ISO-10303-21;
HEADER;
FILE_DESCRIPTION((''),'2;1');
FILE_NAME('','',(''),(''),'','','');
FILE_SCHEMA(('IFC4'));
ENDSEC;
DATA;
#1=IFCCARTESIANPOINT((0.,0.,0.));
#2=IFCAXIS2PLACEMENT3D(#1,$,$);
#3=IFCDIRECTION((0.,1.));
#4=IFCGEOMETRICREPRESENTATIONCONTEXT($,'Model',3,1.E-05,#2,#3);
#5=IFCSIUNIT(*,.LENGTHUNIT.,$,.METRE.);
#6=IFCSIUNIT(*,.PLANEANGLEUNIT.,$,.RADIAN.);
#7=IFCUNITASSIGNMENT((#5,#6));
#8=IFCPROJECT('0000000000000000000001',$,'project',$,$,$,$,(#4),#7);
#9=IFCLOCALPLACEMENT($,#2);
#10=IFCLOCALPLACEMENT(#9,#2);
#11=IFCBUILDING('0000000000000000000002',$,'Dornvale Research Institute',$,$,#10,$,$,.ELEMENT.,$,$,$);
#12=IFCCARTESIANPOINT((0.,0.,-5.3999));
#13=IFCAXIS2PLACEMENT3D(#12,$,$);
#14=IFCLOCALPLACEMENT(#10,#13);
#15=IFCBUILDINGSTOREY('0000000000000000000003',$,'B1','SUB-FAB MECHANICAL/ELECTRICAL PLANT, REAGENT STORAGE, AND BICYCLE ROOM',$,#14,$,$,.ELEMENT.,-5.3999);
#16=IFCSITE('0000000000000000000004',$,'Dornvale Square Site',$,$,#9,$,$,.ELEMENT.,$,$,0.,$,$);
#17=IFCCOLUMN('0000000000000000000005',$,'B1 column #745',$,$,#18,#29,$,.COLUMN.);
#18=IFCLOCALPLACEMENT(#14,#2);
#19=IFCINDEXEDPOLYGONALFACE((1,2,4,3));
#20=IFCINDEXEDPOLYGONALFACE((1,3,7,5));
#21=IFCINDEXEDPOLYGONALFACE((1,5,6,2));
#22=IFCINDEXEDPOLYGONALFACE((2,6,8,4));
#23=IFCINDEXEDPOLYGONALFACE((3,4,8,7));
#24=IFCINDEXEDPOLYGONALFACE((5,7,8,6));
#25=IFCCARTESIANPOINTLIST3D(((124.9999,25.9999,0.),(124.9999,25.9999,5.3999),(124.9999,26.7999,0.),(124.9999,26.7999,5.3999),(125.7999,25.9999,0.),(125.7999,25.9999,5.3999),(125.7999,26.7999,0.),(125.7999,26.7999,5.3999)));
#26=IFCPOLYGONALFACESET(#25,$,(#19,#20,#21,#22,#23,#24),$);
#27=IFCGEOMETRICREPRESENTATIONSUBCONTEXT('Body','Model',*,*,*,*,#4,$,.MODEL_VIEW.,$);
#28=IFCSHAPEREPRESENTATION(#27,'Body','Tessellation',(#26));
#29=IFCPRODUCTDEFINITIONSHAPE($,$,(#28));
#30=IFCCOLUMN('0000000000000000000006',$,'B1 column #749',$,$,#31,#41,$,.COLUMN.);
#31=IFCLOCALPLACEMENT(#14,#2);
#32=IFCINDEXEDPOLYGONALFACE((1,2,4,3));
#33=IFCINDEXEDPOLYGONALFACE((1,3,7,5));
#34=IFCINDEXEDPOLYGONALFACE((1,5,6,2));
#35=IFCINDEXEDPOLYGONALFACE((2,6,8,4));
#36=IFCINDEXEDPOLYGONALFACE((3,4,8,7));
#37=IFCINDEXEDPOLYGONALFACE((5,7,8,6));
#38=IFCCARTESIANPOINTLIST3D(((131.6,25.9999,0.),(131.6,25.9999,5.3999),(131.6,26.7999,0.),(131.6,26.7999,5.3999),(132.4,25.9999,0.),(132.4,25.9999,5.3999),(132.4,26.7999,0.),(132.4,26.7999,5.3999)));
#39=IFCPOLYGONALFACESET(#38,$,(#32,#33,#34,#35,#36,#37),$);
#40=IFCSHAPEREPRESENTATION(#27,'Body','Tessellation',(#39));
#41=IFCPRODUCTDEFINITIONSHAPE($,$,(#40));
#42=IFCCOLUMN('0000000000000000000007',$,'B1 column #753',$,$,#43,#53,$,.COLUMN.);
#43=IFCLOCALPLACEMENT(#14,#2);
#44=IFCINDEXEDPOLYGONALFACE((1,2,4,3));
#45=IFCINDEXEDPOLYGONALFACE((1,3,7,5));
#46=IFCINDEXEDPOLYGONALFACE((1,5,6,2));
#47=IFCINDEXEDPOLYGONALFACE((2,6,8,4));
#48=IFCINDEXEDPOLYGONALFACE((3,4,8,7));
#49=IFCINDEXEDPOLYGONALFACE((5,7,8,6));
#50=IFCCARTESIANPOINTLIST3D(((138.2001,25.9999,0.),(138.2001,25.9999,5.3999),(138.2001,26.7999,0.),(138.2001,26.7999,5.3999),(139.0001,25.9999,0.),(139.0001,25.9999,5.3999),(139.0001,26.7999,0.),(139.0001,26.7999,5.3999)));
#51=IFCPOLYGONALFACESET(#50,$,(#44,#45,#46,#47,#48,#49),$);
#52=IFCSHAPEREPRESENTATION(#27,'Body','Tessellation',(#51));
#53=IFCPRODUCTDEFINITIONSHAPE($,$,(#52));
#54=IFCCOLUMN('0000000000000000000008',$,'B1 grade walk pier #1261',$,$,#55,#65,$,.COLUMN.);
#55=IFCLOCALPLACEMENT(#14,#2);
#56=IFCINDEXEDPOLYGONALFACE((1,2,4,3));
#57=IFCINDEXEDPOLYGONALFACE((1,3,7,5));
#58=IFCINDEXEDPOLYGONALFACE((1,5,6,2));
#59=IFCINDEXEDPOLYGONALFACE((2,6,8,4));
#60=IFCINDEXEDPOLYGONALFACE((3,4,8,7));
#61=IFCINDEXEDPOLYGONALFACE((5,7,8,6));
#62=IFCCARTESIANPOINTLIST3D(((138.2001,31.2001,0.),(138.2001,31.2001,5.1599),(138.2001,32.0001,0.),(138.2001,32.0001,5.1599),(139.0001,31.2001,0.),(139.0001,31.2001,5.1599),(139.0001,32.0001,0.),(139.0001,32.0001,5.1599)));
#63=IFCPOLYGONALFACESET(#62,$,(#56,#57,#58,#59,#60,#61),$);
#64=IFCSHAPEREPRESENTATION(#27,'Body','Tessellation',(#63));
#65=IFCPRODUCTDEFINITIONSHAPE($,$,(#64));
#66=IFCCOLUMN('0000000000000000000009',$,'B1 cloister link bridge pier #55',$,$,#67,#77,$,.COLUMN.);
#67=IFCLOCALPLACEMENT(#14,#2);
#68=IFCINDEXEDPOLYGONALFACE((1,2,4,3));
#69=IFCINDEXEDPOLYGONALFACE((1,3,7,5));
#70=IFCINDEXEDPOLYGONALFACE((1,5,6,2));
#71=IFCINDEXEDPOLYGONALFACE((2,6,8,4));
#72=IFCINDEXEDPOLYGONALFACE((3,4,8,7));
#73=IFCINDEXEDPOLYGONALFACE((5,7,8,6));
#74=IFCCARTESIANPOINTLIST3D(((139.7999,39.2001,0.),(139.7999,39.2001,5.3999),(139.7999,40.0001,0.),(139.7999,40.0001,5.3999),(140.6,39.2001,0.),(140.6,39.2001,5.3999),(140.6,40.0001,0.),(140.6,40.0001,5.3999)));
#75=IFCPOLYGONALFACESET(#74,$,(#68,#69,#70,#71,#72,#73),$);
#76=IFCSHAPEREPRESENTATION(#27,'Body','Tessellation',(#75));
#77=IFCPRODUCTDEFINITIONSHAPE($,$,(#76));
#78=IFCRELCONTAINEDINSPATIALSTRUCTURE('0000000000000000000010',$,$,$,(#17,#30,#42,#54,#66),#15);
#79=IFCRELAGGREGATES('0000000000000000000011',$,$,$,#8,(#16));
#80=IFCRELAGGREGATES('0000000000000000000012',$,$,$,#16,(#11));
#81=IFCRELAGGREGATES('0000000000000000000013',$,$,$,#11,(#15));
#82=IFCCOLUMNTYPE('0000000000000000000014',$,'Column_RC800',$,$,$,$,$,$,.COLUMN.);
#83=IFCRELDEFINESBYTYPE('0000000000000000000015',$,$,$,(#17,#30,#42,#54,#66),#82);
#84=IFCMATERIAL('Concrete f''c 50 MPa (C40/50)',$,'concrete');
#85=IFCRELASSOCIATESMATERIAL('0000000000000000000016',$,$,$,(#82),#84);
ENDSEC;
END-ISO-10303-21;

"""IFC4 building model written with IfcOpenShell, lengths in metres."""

from ifc_helpers import new_model, si_unit, direction, frame, origin, origin_2d, place, context, subcontext, project, spatial, rectangle, extrude, material, material_profile, profile_set, type_object, element, save


model = new_model("IFC4")

# Units and contexts
model_context = context("Model", 3, precision=1e-05, world=origin(), true_north=direction((0.0, 1.0)))
body_context = subcontext(model_context, "Body", "Model", "MODEL_VIEW")
ifc_project = project(units=[si_unit("LENGTHUNIT", "METRE"), si_unit("PLANEANGLEUNIT", "RADIAN")], contexts=[model_context])

# Site, building, storey
site_placement = place(None, origin())
site = spatial("IfcSite", under=ifc_project, at=site_placement, Name="Dornvale Square Site", CompositionType="ELEMENT", RefElevation=0.0)
building_placement = place(site_placement, origin())
building = spatial("IfcBuilding", under=site, at=building_placement, Name="Dornvale Research Institute", CompositionType="ELEMENT")
storey_placement = place(building_placement, frame((0.0, 0.0, -5.3999)))
storey = spatial("IfcBuildingStorey", under=building, at=storey_placement, Name="B1", Description="SUB-FAB MECHANICAL/ELECTRICAL PLANT, REAGENT STORAGE, AND BICYCLE ROOM", CompositionType="ELEMENT", Elevation=-5.3999)

# Columns
ifc_material_1 = material(Name="Concrete f'c 50 MPa (C40/50)", Category="concrete")
ifc_material_profile_1 = material_profile(ifc_material_1, rectangle(XDim=0.8, YDim=0.8, at=origin_2d()), Name="RC 800x800")
ifc_profile_set_1 = profile_set([ifc_material_profile_1], Name="Concrete f'c 50 MPa (C40/50)")
column_type = type_object("IfcColumnType", Name="Column_RC800", PredefinedType="COLUMN", material=ifc_profile_set_1)
for number, where, z_axis, x_axis, name in (
    (1, (125.3999, 26.3999, 0.0), (0.0, 0.0, 1.0), (1.0, 0.0, 0.0), "B1 column #745"),
    (2, (132.0, 26.3999, 0.0), (0.0, 0.0, 1.0), (1.0, 0.0, 0.0), "B1 column #749"),
    (3, (138.6001, 26.3999, 0.0), (0.0, 0.0, 1.0), (1.0, 0.0, 0.0), "B1 column #753"),
):
    element("IfcColumn", number, at=place(storey_placement, frame(where, z_axis=z_axis, x_axis=x_axis)), inside=storey, type_object=column_type, Name=name, PredefinedType="COLUMN", context=body_context, shape_type="SweptSolid", body=[
        extrude(rectangle(XDim=0.8, YDim=0.8, at=origin_2d()), origin(), (0.0, 0.0, 1.0), 5.3999),
    ])
column_1_placement = place(storey_placement, frame((138.6001, 31.6001, 0.0), z_axis=(0.0, 0.0, 1.0), x_axis=(1.0, 0.0, 0.0)))
element("IfcColumn", 4, at=column_1_placement, inside=storey, type_object=column_type, Name="B1 grade walk pier #1261", PredefinedType="COLUMN", context=body_context, shape_type="SweptSolid", body=[
    extrude(rectangle(XDim=0.8, YDim=0.8, at=origin_2d()), origin(), (0.0, 0.0, 1.0), 5.1599),
])
column_2_placement = place(storey_placement, frame((140.2, 39.6001, 0.0), z_axis=(0.0, 0.0, 1.0), x_axis=(1.0, 0.0, 0.0)))
element("IfcColumn", 5, at=column_2_placement, inside=storey, type_object=column_type, Name="B1 cloister link bridge pier #55", PredefinedType="COLUMN", context=body_context, shape_type="SweptSolid", body=[
    extrude(rectangle(XDim=0.8, YDim=0.8, at=origin_2d()), origin(), (0.0, 0.0, 1.0), 5.3999),
])

save(model, "model.ifc")
